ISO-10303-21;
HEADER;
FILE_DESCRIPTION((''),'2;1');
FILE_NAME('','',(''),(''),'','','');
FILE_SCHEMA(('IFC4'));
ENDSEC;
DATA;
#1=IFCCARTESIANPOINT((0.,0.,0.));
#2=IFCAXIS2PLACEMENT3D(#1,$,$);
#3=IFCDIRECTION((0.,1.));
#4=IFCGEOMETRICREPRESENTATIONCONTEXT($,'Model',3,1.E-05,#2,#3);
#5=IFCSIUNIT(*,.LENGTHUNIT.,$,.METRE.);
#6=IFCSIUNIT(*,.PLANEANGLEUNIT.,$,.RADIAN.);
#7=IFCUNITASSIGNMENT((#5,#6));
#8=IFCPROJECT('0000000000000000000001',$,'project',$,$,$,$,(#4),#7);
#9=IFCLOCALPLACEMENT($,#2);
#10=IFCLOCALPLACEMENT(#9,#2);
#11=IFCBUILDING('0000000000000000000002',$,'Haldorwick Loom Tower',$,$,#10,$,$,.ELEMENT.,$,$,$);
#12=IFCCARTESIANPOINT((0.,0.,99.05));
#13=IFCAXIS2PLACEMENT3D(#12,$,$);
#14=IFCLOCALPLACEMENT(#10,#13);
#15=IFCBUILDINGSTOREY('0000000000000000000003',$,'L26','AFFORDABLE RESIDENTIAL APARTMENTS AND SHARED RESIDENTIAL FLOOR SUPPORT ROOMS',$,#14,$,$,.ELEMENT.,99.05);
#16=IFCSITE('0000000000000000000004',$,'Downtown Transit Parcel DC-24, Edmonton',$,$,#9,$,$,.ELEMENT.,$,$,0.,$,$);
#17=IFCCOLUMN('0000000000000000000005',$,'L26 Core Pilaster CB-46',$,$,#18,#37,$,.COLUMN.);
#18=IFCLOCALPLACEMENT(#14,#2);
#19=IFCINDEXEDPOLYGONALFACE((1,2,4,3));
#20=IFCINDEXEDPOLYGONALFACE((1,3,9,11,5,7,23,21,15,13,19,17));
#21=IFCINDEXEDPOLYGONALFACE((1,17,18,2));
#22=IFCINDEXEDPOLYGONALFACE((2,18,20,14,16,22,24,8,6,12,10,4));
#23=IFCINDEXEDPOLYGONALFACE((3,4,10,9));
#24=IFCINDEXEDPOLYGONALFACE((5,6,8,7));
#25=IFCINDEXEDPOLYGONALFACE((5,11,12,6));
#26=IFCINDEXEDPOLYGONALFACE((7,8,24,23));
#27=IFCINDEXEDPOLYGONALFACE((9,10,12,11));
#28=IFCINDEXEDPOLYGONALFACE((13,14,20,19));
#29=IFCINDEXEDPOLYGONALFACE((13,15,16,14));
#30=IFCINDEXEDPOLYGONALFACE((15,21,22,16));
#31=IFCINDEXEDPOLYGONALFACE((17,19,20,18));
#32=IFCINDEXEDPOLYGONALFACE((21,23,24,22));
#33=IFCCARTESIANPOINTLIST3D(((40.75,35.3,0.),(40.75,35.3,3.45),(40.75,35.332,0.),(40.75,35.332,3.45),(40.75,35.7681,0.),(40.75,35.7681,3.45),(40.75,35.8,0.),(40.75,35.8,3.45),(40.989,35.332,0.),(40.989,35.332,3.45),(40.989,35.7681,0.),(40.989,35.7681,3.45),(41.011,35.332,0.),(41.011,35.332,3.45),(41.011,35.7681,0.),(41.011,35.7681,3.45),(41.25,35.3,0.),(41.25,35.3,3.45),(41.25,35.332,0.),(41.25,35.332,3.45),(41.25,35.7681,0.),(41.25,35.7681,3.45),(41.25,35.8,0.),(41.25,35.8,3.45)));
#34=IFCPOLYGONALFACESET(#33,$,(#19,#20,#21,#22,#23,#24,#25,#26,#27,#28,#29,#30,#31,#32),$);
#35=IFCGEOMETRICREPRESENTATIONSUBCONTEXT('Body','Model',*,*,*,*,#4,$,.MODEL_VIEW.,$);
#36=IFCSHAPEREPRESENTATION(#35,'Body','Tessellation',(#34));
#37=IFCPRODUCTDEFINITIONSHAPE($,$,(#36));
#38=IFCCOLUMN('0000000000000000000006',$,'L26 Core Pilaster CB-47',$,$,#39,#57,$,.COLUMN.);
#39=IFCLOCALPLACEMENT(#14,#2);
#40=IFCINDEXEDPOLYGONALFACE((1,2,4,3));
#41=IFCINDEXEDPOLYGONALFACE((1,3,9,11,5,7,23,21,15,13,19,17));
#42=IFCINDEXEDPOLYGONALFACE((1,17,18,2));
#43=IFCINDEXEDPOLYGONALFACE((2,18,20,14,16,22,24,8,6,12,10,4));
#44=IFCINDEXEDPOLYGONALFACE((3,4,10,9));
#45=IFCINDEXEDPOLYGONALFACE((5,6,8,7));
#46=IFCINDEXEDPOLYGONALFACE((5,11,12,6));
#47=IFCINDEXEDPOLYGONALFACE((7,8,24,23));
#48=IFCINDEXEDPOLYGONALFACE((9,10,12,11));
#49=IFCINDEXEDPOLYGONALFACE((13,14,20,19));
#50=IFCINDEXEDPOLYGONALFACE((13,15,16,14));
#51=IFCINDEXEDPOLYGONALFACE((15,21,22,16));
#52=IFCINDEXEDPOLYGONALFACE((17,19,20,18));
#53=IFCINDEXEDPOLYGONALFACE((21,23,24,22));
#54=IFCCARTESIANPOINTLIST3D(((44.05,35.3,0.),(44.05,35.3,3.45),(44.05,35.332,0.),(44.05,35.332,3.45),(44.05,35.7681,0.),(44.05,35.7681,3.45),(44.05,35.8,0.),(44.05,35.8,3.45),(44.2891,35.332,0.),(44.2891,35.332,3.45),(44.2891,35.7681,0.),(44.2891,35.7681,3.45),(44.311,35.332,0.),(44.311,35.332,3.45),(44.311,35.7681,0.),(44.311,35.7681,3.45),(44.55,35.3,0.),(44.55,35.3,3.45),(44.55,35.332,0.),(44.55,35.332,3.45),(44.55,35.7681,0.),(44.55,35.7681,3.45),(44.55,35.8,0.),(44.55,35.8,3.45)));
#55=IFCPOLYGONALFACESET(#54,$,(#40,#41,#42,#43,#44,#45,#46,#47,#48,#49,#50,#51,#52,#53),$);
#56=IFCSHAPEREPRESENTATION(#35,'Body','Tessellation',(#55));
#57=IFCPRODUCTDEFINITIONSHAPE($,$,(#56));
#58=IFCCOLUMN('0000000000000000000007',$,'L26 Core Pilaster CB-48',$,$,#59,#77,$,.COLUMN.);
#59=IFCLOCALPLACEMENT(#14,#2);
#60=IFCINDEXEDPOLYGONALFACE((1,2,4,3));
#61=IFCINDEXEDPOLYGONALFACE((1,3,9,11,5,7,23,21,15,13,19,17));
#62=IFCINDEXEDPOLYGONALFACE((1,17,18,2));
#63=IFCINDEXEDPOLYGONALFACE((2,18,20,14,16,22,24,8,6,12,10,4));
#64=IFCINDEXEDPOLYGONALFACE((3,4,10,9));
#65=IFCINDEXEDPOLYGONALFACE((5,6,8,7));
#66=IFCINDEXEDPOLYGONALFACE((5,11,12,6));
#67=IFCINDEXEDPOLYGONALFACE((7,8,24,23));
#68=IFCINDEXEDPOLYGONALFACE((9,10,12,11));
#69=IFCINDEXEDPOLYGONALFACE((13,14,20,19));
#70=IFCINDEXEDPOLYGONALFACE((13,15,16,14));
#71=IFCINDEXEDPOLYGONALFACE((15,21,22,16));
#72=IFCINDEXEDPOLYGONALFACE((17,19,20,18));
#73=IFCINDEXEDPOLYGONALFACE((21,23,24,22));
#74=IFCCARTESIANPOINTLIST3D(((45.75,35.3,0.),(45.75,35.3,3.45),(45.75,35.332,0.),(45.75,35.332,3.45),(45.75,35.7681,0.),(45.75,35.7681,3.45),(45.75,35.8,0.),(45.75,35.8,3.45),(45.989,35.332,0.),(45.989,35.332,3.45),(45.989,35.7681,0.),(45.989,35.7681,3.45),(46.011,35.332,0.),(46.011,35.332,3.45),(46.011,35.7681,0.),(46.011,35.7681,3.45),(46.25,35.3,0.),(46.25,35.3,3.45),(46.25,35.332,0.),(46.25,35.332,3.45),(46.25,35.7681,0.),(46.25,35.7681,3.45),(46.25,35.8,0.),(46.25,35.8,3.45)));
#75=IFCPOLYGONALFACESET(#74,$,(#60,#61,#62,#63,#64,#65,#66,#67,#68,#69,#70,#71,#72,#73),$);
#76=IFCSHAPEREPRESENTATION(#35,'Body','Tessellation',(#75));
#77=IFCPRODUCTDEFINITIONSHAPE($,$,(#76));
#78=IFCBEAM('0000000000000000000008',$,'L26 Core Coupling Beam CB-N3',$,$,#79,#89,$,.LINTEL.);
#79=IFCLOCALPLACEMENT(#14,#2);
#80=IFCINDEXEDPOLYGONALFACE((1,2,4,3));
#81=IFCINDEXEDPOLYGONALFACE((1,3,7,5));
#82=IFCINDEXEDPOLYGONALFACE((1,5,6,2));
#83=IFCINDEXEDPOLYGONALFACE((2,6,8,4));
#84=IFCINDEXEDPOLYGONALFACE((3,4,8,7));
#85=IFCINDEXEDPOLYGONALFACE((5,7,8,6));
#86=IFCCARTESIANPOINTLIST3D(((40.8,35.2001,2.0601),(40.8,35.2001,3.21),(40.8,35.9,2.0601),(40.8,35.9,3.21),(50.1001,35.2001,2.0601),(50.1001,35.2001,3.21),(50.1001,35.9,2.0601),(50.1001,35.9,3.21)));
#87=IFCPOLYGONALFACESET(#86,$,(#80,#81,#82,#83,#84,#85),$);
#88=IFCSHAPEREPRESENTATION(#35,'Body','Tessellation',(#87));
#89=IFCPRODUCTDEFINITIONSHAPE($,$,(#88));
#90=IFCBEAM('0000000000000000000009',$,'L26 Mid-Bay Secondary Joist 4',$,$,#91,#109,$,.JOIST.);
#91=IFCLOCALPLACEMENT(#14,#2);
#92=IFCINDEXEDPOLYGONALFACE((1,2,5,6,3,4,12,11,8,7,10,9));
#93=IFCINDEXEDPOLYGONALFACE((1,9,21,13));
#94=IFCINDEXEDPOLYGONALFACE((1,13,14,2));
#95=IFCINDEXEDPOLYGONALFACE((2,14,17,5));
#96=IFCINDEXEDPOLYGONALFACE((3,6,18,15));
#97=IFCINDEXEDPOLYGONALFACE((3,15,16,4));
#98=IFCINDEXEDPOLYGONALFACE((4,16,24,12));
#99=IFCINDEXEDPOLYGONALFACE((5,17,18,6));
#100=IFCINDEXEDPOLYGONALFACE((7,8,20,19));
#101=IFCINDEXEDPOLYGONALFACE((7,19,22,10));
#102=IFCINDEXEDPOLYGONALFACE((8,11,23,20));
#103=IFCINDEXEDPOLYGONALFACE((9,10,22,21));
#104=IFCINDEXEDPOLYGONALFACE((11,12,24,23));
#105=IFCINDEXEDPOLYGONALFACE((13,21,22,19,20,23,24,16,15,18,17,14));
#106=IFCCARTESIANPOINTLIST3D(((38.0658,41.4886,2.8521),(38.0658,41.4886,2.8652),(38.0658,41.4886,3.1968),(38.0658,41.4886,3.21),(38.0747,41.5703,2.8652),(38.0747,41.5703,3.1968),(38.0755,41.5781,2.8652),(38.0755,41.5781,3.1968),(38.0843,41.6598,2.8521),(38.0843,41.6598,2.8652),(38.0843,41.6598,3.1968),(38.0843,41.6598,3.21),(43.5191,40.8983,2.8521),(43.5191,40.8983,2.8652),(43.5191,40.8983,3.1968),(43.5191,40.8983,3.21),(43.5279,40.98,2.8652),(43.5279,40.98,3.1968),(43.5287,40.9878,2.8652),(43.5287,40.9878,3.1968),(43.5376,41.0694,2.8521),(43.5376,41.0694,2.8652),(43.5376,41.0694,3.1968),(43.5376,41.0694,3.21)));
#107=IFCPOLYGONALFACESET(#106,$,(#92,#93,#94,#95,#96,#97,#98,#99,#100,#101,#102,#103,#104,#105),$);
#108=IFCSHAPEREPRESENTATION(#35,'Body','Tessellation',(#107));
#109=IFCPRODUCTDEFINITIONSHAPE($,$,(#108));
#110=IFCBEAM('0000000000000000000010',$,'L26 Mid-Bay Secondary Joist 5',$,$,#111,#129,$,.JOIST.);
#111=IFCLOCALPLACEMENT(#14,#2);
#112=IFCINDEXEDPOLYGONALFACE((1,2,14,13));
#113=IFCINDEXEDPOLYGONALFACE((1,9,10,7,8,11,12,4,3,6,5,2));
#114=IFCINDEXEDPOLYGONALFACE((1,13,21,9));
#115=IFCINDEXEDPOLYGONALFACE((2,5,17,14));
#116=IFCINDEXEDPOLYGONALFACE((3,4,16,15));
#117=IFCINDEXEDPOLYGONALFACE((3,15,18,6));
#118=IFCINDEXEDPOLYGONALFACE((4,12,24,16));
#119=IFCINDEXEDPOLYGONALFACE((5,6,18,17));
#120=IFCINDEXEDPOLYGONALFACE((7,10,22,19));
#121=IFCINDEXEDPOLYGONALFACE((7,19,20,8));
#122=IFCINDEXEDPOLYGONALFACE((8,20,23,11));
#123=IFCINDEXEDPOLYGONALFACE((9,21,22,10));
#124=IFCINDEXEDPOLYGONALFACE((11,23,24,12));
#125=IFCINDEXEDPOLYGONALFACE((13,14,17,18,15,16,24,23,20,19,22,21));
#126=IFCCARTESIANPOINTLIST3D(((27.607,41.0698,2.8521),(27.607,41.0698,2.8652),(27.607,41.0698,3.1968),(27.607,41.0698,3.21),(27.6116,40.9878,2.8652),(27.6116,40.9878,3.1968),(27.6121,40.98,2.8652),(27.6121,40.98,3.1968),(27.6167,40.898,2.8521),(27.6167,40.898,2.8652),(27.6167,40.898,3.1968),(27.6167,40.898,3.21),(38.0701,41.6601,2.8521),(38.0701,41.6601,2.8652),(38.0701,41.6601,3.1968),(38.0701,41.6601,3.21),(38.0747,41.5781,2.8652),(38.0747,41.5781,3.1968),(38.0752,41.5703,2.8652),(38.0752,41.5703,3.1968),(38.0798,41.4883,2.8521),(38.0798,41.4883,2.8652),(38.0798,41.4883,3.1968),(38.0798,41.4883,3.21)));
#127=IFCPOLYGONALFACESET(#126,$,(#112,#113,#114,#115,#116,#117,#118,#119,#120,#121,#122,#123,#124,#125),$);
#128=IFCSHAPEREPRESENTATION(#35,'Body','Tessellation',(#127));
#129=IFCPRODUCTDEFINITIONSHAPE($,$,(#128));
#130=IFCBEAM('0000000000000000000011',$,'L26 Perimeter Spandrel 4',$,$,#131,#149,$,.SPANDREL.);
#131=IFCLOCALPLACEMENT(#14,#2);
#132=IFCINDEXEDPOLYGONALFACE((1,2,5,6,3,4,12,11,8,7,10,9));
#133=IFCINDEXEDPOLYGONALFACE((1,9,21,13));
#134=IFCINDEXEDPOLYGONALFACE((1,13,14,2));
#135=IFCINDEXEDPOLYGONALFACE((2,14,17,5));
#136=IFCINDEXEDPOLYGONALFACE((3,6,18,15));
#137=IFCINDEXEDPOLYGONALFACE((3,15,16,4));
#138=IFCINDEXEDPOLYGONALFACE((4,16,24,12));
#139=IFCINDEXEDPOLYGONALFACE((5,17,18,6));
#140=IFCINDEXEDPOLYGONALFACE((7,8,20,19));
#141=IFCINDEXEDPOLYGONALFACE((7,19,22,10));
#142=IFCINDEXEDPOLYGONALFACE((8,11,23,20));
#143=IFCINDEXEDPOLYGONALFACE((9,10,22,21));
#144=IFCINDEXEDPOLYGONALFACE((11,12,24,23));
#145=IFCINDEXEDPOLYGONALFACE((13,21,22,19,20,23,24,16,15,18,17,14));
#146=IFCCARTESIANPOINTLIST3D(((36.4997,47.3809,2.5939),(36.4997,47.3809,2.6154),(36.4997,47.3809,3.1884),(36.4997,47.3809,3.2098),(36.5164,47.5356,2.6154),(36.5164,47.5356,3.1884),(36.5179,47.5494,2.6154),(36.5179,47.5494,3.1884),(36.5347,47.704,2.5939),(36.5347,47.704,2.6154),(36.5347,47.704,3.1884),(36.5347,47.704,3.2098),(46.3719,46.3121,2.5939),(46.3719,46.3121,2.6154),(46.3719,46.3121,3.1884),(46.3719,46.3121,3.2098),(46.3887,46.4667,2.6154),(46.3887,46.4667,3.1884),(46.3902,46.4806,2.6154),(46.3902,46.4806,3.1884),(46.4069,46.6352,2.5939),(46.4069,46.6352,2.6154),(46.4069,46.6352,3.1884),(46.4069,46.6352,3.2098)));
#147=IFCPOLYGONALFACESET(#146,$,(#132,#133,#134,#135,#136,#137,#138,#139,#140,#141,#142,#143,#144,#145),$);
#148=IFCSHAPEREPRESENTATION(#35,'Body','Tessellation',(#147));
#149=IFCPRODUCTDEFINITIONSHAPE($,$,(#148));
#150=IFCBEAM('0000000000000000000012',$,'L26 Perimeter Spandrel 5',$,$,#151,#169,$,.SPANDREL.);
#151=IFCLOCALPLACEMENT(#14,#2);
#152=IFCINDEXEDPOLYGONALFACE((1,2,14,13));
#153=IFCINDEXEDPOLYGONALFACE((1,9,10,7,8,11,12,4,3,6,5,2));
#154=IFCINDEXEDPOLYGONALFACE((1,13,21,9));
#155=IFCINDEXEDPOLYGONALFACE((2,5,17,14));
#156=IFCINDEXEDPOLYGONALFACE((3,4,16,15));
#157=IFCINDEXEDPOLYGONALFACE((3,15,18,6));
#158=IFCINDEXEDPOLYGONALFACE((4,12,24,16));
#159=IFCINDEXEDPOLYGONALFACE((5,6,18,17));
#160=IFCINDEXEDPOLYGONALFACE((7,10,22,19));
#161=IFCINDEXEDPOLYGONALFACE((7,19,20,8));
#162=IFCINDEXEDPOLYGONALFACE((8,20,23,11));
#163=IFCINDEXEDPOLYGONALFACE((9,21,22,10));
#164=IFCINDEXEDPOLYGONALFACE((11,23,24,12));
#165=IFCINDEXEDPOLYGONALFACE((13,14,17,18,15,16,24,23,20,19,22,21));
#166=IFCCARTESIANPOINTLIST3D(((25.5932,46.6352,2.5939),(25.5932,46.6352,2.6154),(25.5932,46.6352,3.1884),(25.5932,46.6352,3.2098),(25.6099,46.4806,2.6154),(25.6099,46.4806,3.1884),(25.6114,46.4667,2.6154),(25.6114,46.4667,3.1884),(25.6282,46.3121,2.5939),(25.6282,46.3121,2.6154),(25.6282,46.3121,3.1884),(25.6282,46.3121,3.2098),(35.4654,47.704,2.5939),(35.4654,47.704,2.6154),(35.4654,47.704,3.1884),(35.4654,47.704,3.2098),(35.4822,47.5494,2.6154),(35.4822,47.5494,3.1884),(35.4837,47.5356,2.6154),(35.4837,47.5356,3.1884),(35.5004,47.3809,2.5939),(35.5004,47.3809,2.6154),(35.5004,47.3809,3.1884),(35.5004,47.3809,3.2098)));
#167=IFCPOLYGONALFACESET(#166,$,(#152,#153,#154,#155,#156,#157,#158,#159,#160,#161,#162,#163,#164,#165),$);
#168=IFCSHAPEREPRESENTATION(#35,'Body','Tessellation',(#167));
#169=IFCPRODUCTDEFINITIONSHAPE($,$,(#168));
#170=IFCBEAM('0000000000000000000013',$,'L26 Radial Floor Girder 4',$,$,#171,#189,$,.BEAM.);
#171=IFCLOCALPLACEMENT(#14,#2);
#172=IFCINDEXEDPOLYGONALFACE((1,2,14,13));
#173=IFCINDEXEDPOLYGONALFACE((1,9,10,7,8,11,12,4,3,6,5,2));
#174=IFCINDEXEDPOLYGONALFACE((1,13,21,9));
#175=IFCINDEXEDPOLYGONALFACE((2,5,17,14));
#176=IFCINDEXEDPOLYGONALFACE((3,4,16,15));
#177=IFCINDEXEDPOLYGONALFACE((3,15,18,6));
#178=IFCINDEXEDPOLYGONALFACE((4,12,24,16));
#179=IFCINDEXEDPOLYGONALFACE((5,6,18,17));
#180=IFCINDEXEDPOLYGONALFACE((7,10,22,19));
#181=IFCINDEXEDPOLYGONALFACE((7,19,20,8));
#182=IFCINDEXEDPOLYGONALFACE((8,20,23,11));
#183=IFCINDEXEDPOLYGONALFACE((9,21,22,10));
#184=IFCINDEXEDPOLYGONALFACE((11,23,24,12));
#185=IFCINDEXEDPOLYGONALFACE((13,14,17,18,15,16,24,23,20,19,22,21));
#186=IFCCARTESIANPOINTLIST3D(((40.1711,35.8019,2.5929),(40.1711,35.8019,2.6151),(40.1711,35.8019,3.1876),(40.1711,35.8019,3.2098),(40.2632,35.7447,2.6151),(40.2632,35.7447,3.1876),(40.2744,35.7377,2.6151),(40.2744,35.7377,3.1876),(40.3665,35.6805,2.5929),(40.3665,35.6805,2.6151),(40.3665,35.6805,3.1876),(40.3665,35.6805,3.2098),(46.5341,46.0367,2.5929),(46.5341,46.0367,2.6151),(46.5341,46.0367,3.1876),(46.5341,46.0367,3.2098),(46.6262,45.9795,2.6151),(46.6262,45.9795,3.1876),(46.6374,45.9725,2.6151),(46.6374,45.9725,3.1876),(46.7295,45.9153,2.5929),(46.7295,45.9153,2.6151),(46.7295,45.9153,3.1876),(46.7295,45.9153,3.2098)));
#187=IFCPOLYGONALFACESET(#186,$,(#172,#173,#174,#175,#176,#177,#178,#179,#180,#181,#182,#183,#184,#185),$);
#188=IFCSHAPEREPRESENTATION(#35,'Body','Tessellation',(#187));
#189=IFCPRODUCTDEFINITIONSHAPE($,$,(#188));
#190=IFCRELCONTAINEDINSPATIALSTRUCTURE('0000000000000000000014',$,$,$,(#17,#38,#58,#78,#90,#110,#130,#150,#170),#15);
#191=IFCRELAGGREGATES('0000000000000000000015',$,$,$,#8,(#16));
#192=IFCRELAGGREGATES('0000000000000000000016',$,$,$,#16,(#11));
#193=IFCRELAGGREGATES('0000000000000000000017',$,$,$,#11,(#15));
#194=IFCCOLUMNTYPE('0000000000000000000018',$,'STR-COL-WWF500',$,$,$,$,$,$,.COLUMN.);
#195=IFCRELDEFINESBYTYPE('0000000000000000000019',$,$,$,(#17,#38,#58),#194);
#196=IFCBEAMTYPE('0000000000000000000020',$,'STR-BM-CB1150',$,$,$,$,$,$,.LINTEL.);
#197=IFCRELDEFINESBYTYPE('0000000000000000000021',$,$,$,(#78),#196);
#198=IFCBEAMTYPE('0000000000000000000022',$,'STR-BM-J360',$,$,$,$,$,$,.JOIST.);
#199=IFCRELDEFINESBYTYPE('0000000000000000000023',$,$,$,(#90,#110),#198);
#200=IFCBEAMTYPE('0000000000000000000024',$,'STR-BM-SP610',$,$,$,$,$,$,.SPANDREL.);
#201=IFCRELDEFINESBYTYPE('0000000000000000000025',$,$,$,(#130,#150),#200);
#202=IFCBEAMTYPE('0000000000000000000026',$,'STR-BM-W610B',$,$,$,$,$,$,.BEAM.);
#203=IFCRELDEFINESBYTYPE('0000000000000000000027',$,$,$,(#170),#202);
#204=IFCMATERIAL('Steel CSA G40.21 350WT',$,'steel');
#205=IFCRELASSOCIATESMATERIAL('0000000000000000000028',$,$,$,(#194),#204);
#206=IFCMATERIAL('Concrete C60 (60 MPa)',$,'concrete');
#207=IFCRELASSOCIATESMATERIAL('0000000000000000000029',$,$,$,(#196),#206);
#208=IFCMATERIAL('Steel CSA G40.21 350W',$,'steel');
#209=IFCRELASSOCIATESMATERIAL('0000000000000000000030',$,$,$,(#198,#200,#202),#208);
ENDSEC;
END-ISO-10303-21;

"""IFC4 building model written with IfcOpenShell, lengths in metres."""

from ifc_helpers import new_model, si_unit, direction, frame, origin, origin_2d, place, context, subcontext, project, spatial, rectangle, i_section, extrude, material, material_profile, profile_set, type_object, element, save


model = new_model("IFC4")

# Units and contexts
model_context = context("Model", 3, precision=1e-05, world=origin(), true_north=direction((0.0, 1.0)))
body_context = subcontext(model_context, "Body", "Model", "MODEL_VIEW")
ifc_project = project(units=[si_unit("LENGTHUNIT", "METRE"), si_unit("PLANEANGLEUNIT", "RADIAN")], contexts=[model_context])

# Site, building, storey
site_placement = place(None, origin())
site = spatial("IfcSite", under=ifc_project, at=site_placement, Name="Downtown Transit Parcel DC-24, Edmonton", CompositionType="ELEMENT", RefElevation=0.0)
building_placement = place(site_placement, origin())
building = spatial("IfcBuilding", under=site, at=building_placement, Name="Haldorwick Loom Tower", CompositionType="ELEMENT")
storey_placement = place(building_placement, frame((0.0, 0.0, 99.05)))
storey = spatial("IfcBuildingStorey", under=building, at=storey_placement, Name="L26", Description="AFFORDABLE RESIDENTIAL APARTMENTS AND SHARED RESIDENTIAL FLOOR SUPPORT ROOMS", CompositionType="ELEMENT", Elevation=99.05)

# Columns
ifc_material_1 = material(Name="Concrete C60 (60 MPa)", Category="concrete")
ifc_material_2 = material(Name="Steel CSA G40.21 350WT", Category="steel")
ifc_material_profile_1 = material_profile(ifc_material_2, i_section(OverallWidth=0.5, OverallDepth=0.5, WebThickness=0.022, FlangeThickness=0.032, at=origin_2d()), Name="WWF500X500", Category="steel")
ifc_profile_set_1 = profile_set([ifc_material_profile_1], Name="Steel CSA G40.21 350WT")
column_type_1 = type_object("IfcColumnType", Name="STR-COL-WWF500", PredefinedType="COLUMN", material=ifc_profile_set_1)
for number, where, z_axis, x_axis, name in (
    (1, (41.0, 35.55, 0.0), (0.0, 0.0, 1.0), (1.0, 0.0, 0.0), "L26 Core Pilaster CB-46"),
    (2, (44.3, 35.55, 0.0), (0.0, 0.0, 1.0), (1.0, 0.0, 0.0), "L26 Core Pilaster CB-47"),
    (3, (46.0, 35.55, 0.0), (0.0, 0.0, 1.0), (1.0, 0.0, 0.0), "L26 Core Pilaster CB-48"),
):
    element("IfcColumn", number, at=place(storey_placement, frame(where, z_axis=z_axis, x_axis=x_axis)), inside=storey, type_object=column_type_1, Name=name, PredefinedType="COLUMN", context=body_context, shape_type="SweptSolid", body=[
        extrude(i_section(OverallWidth=0.5, OverallDepth=0.5, WebThickness=0.022, FlangeThickness=0.032, at=origin_2d()), origin(), (0.0, 0.0, 1.0), 3.45),
    ])

# Beams
ifc_material_profile_2 = material_profile(ifc_material_1, rectangle(XDim=0.7, YDim=1.1499, at=origin_2d()), Name="RC700X1150", Category="concrete")
ifc_profile_set_2 = profile_set([ifc_material_profile_2], Name="Concrete C60 (60 MPa)")
beam_type_1 = type_object("IfcBeamType", Name="STR-BM-CB1150", PredefinedType="LINTEL", material=ifc_profile_set_2)
beam_1_placement = place(storey_placement, frame((40.8, 35.55, 2.635), z_axis=(1.0, 0.0, 0.0), x_axis=(0.0, 1.0, 0.0)))
element("IfcBeam", 4, at=beam_1_placement, inside=storey, type_object=beam_type_1, Name="L26 Core Coupling Beam CB-N3", PredefinedType="LINTEL", context=body_context, shape_type="SweptSolid", body=[
    extrude(rectangle(XDim=0.7, YDim=1.1499, at=origin_2d()), origin(), (0.0, 0.0, 1.0), 9.3),
])
ifc_material_3 = material(Name="Steel CSA G40.21 350W", Category="steel")
ifc_material_profile_3 = material_profile(ifc_material_3, i_section(OverallWidth=0.1721, OverallDepth=0.3579, WebThickness=0.0078, FlangeThickness=0.0132, at=origin_2d()), Name="W360X57", Category="steel")
ifc_profile_set_3 = profile_set([ifc_material_profile_3], Name="Steel CSA G40.21 350W")
beam_type_2 = type_object("IfcBeamType", Name="STR-BM-J360", PredefinedType="JOIST", material=ifc_profile_set_3)
beam_2_placement = place(storey_placement, frame((43.5283, 40.9839, 3.031), z_axis=(-0.994192, 0.107622, 0.0), x_axis=(-0.107622, -0.994192, 0.0)))
element("IfcBeam", 5, at=beam_2_placement, inside=storey, type_object=beam_type_2, Name="L26 Mid-Bay Secondary Joist 4", PredefinedType="JOIST", context=body_context, shape_type="SweptSolid", body=[
    extrude(i_section(OverallWidth=0.1721, OverallDepth=0.3579, WebThickness=0.0078, FlangeThickness=0.0132, at=origin_2d()), origin(), (0.0, 0.0, 1.0), 5.4851),
])
beam_3_placement = place(storey_placement, frame((38.075, 41.5742, 3.031), z_axis=(-0.998412, -0.056331, 0.0), x_axis=(0.056331, -0.998412, 0.0)))
element("IfcBeam", 6, at=beam_3_placement, inside=storey, type_object=beam_type_2, Name="L26 Mid-Bay Secondary Joist 5", PredefinedType="JOIST", context=body_context, shape_type="SweptSolid", body=[
    extrude(i_section(OverallWidth=0.1721, OverallDepth=0.3579, WebThickness=0.0078, FlangeThickness=0.0132, at=origin_2d()), origin(), (0.0, 0.0, 1.0), 10.4797),
])
ifc_material_profile_4 = material_profile(ifc_material_3, i_section(OverallWidth=0.325, OverallDepth=0.616, WebThickness=0.0139, FlangeThickness=0.0215, at=origin_2d()), Name="W610X174", Category="steel")
ifc_profile_set_4 = profile_set([ifc_material_profile_4], Name="Steel CSA G40.21 350W")
beam_type_3 = type_object("IfcBeamType", Name="STR-BM-SP610", PredefinedType="SPANDREL", material=ifc_profile_set_4)
for number, where, z_axis, x_axis, name in (
    (7, (46.3894, 46.4736, 2.9019), (-0.99419, 0.107638, 0.0), (-0.107638, -0.99419, 0.0), "L26 Perimeter Spandrel 4"),
    (8, (35.4829, 47.5425, 2.9019), (-0.99419, -0.107638, 0.0), (0.107638, -0.99419, 0.0), "L26 Perimeter Spandrel 5"),
):
    element("IfcBeam", number, at=place(storey_placement, frame(where, z_axis=z_axis, x_axis=x_axis)), inside=storey, type_object=beam_type_3, Name=name, PredefinedType="SPANDREL", context=body_context, shape_type="SweptSolid", body=[
        extrude(i_section(OverallWidth=0.325, OverallDepth=0.616, WebThickness=0.0139, FlangeThickness=0.0215, at=origin_2d()), origin(), (0.0, 0.0, 1.0), 9.9299),
    ])
ifc_material_profile_5 = material_profile(ifc_material_3, i_section(OverallWidth=0.23, OverallDepth=0.6169, WebThickness=0.0132, FlangeThickness=0.0222, at=origin_2d()), Name="W610X140", Category="steel")
ifc_profile_set_5 = profile_set([ifc_material_profile_5], Name="Steel CSA G40.21 350W")
beam_type_4 = type_object("IfcBeamType", Name="STR-BM-W610B", PredefinedType="BEAM", material=ifc_profile_set_5)
beam_4_placement = place(storey_placement, frame((40.2688, 35.7412, 2.9014), z_axis=(0.527983, 0.849255, 0.0), x_axis=(-0.849255, 0.527983, 0.0)))
element("IfcBeam", 9, at=beam_4_placement, inside=storey, type_object=beam_type_4, Name="L26 Radial Floor Girder 4", PredefinedType="BEAM", context=body_context, shape_type="SweptSolid", body=[
    extrude(i_section(OverallWidth=0.23, OverallDepth=0.6169, WebThickness=0.0132, FlangeThickness=0.0222, at=origin_2d()), origin(), (0.0, 0.0, 1.0), 12.0515),
])

save(model, "model.ifc")
